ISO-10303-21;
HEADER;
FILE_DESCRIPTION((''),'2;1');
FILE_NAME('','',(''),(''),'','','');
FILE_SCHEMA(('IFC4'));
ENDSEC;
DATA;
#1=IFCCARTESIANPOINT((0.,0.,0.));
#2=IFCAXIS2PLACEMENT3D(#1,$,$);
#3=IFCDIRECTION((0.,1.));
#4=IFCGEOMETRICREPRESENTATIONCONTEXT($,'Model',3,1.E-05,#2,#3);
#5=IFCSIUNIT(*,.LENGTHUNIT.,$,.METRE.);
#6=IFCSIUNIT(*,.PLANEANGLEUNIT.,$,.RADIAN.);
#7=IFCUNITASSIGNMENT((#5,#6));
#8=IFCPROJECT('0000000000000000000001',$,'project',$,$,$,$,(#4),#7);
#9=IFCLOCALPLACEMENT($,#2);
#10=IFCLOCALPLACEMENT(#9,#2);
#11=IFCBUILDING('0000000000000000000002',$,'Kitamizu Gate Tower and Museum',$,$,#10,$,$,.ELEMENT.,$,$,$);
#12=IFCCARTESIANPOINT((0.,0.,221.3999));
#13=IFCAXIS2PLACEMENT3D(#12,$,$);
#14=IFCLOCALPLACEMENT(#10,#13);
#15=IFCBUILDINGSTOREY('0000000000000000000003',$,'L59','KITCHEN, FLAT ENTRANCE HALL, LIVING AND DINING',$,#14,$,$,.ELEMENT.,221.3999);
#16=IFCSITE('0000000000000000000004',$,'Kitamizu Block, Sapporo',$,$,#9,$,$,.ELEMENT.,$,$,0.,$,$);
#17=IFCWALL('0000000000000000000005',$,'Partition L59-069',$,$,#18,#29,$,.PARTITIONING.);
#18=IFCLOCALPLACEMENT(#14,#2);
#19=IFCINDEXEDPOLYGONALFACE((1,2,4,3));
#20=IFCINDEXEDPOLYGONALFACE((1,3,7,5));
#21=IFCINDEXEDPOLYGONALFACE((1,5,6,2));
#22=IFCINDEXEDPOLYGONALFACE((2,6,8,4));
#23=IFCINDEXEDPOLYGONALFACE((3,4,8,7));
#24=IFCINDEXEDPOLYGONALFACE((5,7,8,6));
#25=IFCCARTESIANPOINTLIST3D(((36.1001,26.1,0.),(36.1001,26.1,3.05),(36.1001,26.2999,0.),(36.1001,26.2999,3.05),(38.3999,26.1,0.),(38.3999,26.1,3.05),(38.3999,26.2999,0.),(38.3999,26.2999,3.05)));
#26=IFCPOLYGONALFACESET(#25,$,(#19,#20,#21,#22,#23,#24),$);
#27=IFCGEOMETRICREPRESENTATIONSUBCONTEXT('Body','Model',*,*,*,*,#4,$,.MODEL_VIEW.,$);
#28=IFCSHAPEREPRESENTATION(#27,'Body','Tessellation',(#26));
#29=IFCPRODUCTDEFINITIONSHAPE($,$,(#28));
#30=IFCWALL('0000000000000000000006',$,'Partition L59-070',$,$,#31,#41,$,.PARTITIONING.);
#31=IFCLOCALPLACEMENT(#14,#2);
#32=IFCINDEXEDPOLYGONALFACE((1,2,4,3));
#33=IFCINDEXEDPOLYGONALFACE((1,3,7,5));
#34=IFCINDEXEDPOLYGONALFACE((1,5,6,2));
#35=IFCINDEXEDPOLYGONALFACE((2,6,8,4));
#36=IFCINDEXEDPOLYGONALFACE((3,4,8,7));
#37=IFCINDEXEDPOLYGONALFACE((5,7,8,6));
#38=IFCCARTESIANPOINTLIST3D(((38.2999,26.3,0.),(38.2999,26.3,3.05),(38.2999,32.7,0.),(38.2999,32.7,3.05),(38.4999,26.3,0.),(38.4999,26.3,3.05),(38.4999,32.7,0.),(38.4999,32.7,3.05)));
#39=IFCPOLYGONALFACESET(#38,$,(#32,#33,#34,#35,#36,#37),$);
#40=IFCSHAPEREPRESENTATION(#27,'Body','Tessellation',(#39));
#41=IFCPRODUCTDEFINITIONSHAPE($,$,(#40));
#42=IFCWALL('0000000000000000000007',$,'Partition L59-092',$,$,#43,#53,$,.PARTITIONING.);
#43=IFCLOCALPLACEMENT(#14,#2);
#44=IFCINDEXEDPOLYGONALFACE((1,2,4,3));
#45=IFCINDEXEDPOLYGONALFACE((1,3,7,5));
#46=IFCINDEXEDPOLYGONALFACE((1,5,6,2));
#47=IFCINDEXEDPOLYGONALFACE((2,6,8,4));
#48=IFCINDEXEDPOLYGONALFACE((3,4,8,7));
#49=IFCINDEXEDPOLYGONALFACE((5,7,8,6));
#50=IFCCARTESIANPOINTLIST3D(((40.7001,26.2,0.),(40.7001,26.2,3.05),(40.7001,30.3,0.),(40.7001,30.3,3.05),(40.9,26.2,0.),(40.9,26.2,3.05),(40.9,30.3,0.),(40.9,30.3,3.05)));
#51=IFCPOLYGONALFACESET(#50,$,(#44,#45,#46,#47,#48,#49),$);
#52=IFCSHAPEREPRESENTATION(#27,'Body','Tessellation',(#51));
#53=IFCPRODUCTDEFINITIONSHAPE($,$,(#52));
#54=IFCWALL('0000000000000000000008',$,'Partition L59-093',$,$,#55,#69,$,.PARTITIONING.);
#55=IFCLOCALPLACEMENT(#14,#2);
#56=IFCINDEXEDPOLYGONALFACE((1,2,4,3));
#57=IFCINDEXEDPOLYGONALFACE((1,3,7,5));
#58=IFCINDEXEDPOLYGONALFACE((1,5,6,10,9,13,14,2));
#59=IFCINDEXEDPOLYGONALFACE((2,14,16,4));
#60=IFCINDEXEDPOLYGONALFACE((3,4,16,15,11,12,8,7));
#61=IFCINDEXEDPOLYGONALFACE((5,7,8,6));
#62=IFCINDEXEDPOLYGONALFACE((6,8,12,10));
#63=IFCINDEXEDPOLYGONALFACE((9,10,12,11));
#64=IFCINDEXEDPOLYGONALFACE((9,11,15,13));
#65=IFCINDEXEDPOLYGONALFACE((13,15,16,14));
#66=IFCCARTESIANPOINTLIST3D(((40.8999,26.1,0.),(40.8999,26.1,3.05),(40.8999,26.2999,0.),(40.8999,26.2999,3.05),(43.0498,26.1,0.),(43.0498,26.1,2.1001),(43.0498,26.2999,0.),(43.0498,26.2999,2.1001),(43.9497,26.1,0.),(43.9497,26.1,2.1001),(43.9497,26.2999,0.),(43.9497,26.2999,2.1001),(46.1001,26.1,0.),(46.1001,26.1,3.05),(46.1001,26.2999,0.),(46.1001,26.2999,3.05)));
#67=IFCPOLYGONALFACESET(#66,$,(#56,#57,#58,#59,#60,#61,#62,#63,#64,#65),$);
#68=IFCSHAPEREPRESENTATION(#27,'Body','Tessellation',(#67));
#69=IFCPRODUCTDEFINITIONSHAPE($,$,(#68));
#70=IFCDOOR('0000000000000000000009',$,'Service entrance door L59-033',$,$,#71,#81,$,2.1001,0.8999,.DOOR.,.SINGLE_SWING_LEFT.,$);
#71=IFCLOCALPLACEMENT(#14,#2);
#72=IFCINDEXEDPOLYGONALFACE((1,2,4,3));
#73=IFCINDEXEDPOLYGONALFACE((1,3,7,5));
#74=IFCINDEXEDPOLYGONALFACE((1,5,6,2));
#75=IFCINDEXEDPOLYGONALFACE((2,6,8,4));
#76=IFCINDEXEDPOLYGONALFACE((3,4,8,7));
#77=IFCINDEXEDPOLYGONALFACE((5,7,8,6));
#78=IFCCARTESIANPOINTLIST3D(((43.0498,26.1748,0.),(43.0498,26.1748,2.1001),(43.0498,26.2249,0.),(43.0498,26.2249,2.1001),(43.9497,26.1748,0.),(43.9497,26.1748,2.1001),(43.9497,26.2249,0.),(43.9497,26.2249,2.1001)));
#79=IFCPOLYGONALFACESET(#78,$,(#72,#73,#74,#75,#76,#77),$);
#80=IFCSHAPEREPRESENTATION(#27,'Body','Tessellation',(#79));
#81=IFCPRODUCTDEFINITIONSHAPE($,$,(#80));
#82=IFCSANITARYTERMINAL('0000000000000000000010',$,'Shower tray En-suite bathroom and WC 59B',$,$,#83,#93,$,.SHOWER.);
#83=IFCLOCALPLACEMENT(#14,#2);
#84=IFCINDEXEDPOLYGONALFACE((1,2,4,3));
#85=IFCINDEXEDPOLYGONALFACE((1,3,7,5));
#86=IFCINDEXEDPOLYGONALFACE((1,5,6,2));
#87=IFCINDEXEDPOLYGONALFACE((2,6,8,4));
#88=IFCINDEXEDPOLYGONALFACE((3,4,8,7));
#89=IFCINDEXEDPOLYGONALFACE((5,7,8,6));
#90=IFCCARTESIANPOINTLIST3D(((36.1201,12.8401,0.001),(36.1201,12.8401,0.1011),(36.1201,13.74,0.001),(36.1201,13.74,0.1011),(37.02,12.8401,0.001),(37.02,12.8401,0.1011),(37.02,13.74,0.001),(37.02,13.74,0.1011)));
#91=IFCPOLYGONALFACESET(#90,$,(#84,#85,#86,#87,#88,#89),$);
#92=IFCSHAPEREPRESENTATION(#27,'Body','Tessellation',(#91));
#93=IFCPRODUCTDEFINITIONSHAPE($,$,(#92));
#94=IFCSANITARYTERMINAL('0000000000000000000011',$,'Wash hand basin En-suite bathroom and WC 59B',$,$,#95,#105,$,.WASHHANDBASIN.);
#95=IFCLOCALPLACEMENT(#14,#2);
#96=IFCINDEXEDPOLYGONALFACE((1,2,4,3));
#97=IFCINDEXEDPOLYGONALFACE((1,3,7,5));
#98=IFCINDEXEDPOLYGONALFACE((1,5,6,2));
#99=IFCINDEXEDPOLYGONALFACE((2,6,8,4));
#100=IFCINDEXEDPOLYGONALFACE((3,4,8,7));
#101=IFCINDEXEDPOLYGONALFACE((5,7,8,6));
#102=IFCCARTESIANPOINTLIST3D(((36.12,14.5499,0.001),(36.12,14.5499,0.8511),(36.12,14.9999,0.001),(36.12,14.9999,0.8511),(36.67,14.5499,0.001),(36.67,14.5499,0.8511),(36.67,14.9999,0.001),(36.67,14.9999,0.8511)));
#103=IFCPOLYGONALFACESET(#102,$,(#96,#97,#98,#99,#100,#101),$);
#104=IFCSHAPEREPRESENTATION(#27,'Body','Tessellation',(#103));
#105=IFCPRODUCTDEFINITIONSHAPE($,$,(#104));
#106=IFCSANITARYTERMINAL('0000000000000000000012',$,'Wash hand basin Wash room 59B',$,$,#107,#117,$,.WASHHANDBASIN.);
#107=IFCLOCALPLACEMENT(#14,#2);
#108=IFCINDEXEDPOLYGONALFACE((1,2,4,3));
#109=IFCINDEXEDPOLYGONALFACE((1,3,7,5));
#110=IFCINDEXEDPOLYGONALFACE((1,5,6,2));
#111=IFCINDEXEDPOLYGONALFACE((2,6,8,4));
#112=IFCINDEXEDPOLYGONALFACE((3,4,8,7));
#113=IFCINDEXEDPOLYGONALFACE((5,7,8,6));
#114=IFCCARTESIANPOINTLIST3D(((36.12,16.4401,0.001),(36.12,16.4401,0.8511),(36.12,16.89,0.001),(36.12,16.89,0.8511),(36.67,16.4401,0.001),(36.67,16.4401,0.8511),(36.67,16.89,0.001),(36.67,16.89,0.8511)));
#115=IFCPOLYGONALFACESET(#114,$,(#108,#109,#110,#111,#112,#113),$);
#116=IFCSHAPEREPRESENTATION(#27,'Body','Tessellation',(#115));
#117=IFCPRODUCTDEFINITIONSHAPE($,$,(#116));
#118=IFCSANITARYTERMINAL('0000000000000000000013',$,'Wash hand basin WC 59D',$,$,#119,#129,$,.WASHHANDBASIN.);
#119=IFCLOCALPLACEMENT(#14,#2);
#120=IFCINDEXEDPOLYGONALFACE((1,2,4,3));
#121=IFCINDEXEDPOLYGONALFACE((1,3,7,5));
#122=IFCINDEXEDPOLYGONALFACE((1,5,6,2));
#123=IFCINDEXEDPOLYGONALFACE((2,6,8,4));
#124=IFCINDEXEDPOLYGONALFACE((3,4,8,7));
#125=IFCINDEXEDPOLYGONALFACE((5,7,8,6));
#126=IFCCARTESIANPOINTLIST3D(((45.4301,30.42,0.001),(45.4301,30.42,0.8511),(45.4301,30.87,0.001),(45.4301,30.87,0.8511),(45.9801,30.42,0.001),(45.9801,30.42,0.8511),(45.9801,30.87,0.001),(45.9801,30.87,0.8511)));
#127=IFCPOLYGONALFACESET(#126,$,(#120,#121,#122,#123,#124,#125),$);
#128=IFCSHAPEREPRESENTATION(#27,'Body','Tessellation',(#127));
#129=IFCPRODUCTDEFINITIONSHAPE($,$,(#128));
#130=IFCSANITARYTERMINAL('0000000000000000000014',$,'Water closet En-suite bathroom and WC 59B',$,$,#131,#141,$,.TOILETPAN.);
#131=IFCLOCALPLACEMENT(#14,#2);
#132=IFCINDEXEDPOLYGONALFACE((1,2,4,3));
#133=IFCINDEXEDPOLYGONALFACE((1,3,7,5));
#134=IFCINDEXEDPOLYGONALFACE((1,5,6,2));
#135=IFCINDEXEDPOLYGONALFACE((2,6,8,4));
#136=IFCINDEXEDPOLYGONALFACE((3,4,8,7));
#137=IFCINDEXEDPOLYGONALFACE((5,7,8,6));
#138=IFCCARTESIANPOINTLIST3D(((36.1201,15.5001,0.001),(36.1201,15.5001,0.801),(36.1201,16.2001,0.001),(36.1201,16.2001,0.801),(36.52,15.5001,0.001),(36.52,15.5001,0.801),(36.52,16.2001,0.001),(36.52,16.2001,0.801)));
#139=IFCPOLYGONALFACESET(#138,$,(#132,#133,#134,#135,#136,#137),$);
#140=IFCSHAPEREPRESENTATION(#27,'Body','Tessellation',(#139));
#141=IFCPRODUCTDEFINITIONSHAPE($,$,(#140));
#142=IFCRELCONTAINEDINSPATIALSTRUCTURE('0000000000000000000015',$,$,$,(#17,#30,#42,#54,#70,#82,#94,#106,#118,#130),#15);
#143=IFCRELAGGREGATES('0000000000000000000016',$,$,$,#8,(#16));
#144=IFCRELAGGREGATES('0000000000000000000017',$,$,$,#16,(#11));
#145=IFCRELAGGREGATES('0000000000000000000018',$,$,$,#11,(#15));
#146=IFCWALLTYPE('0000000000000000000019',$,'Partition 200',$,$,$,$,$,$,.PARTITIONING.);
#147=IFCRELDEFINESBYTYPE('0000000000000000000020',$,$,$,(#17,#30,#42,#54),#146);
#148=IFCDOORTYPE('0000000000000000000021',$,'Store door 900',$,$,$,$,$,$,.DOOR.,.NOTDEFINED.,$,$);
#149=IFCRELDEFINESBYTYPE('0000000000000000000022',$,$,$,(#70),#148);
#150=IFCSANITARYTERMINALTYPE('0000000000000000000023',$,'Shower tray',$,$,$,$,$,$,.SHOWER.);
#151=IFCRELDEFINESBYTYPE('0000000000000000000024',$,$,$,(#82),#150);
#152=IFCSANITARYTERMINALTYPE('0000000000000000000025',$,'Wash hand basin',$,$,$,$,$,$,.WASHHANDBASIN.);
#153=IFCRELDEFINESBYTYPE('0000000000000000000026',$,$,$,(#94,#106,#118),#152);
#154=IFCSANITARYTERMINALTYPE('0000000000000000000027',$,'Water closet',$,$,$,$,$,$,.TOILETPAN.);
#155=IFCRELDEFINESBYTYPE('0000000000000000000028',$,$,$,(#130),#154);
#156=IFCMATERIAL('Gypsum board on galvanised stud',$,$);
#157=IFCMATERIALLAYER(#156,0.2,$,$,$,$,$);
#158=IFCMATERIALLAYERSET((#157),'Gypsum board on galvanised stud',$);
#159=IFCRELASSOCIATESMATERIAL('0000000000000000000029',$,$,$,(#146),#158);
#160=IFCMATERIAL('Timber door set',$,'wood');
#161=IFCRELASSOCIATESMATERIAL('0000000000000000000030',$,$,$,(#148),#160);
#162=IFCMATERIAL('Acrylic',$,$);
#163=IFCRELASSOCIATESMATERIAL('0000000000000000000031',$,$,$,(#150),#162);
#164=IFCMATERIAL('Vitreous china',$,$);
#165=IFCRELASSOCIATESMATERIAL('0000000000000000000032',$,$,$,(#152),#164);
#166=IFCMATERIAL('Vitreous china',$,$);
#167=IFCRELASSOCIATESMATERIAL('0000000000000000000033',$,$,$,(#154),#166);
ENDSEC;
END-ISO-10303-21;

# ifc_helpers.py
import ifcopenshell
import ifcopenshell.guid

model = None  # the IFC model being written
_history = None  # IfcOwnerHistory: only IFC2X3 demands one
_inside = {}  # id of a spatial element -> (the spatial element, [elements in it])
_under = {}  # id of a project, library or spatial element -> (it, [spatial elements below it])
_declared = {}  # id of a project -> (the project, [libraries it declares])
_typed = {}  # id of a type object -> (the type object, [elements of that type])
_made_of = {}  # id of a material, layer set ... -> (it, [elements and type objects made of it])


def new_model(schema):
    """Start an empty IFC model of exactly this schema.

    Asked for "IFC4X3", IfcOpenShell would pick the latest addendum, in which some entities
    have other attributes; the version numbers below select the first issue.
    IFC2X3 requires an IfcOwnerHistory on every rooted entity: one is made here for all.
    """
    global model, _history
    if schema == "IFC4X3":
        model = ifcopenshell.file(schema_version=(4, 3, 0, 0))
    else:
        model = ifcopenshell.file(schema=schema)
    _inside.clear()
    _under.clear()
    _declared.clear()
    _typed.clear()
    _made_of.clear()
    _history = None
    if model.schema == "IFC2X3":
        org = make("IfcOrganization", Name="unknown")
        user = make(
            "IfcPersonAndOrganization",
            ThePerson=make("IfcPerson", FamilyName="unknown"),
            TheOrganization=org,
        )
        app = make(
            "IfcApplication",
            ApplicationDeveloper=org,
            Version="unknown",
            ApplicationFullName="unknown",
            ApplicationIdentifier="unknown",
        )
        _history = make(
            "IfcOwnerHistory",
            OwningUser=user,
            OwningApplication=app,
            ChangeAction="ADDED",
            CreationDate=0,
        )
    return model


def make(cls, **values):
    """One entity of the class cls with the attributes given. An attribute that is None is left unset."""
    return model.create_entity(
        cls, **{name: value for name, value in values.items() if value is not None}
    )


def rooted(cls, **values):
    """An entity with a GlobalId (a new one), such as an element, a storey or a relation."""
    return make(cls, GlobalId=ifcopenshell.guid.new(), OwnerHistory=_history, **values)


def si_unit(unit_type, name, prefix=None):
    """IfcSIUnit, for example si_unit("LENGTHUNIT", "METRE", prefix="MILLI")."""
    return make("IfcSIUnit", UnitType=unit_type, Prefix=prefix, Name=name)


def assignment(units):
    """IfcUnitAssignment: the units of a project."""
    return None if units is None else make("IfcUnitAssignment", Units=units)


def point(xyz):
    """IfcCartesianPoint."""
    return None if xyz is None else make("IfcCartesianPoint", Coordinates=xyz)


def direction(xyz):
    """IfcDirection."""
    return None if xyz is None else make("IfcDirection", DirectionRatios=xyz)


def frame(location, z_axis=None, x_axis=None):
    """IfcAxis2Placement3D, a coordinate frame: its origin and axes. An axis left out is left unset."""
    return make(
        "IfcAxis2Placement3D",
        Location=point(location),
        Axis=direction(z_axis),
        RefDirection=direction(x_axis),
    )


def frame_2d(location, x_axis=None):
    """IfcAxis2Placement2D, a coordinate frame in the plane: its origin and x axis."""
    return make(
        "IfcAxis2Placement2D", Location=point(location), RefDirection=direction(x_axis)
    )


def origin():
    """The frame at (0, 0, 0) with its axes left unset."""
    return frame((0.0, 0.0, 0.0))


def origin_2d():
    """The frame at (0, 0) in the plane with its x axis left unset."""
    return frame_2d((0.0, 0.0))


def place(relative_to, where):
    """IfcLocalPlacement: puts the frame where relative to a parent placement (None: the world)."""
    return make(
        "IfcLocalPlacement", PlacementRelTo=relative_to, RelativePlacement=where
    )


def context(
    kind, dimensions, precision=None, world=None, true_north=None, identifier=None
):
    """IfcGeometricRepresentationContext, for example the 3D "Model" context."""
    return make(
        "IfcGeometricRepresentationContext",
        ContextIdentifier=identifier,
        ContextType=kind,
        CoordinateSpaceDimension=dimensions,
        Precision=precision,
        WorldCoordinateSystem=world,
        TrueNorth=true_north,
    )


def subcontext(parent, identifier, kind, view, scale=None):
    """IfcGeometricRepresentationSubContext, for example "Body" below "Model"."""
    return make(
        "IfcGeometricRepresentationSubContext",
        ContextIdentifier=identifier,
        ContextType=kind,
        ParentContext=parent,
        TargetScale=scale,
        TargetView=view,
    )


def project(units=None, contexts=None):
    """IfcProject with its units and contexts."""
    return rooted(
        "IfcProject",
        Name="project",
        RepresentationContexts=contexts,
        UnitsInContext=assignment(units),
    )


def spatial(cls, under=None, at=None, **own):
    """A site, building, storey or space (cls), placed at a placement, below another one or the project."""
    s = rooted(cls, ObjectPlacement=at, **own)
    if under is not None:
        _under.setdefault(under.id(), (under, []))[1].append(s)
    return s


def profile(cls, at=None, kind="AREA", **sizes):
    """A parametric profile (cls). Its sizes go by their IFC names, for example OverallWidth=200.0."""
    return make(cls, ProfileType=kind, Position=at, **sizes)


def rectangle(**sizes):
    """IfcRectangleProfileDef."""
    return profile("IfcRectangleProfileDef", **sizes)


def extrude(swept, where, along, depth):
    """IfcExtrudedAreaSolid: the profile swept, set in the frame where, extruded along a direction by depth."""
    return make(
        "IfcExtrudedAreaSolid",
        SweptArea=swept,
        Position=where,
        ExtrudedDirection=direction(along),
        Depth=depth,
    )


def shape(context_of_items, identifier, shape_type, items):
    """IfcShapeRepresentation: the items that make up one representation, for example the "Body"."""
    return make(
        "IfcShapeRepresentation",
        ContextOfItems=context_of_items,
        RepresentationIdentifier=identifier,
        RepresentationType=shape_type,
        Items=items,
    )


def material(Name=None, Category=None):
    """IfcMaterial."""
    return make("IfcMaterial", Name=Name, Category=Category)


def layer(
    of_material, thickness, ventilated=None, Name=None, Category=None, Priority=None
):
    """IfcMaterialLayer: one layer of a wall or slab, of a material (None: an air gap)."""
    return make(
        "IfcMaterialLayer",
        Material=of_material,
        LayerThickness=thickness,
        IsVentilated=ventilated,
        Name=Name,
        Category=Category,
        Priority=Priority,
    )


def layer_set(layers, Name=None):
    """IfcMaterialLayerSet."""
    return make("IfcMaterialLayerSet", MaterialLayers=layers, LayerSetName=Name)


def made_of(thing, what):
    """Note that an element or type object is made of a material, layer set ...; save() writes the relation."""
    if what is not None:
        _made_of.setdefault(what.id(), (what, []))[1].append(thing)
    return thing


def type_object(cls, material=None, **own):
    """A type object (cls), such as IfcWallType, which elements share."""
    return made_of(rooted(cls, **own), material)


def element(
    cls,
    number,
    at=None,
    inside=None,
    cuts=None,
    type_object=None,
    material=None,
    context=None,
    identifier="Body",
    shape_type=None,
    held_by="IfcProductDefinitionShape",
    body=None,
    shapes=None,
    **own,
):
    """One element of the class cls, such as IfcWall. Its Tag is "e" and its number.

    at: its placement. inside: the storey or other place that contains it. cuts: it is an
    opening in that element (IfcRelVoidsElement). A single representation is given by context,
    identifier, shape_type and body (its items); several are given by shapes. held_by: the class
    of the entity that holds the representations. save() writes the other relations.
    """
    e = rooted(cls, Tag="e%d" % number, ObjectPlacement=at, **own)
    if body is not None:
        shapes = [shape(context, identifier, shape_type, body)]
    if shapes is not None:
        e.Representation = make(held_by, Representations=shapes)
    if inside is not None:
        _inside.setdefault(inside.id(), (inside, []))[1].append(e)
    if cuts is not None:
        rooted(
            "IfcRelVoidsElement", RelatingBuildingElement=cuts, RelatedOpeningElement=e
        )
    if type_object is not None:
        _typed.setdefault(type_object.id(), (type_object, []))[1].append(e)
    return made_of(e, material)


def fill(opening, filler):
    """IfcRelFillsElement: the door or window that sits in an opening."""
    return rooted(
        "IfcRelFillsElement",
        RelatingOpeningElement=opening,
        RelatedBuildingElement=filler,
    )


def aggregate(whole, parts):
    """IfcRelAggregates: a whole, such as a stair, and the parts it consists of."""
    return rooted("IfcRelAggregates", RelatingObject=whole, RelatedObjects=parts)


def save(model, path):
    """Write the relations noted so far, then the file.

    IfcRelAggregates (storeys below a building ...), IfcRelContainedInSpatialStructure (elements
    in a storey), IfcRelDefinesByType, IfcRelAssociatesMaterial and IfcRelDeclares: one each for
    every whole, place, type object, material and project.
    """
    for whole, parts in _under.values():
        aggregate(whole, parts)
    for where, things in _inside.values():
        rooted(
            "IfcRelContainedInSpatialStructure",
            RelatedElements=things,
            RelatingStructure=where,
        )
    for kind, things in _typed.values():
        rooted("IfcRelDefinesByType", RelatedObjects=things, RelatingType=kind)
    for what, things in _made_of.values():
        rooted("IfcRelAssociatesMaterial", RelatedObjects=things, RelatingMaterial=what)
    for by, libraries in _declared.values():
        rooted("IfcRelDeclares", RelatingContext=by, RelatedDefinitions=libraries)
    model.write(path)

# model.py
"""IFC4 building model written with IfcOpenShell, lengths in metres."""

from ifc_helpers import new_model, si_unit, direction, frame, frame_2d, origin, origin_2d, place, context, subcontext, project, spatial, rectangle, extrude, material, layer, layer_set, type_object, element, fill, save


model = new_model("IFC4")

# Units and contexts
model_context = context("Model", 3, precision=1e-05, world=origin(), true_north=direction((0.0, 1.0)))
body_context = subcontext(model_context, "Body", "Model", "MODEL_VIEW")
ifc_project = project(units=[si_unit("LENGTHUNIT", "METRE"), si_unit("PLANEANGLEUNIT", "RADIAN")], contexts=[model_context])

# Site, building, storey
site_placement = place(None, origin())
site = spatial("IfcSite", under=ifc_project, at=site_placement, Name="Kitamizu Block, Sapporo", CompositionType="ELEMENT", RefElevation=0.0)
building_placement = place(site_placement, origin())
building = spatial("IfcBuilding", under=site, at=building_placement, Name="Kitamizu Gate Tower and Museum", CompositionType="ELEMENT")
storey_placement = place(building_placement, frame((0.0, 0.0, 221.3999)))
storey = spatial("IfcBuildingStorey", under=building, at=storey_placement, Name="L59", Description="KITCHEN, FLAT ENTRANCE HALL, LIVING AND DINING", CompositionType="ELEMENT", Elevation=221.3999)

# Walls
ifc_material_1 = material(Name="Gypsum board on galvanised stud")
ifc_layer_1 = layer(ifc_material_1, 0.2)
ifc_layer_set_1 = layer_set([ifc_layer_1], Name="Gypsum board on galvanised stud")
wall_type_1 = type_object("IfcWallType", Name="Partition 200", PredefinedType="PARTITIONING", material=ifc_layer_set_1)
wall_1_placement = place(storey_placement, frame((36.1001, 26.2, 0.0), z_axis=(0.0, 0.0, 1.0), x_axis=(1.0, 0.0, 0.0)))
element("IfcWall", 1, at=wall_1_placement, inside=storey, type_object=wall_type_1, Name="Partition L59-069", PredefinedType="PARTITIONING", context=body_context, shape_type="SweptSolid", body=[
    extrude(rectangle(XDim=2.2998, YDim=0.2, at=frame_2d((1.1499, 0.0))), origin(), (0.0, 0.0, 1.0), 3.05),
])
wall_2_placement = place(storey_placement, frame((38.3999, 26.3, 0.0), z_axis=(0.0, 0.0, 1.0), x_axis=(0.0, 1.0, 0.0)))
element("IfcWall", 2, at=wall_2_placement, inside=storey, type_object=wall_type_1, Name="Partition L59-070", PredefinedType="PARTITIONING", context=body_context, shape_type="SweptSolid", body=[
    extrude(rectangle(XDim=6.3999, YDim=0.2, at=frame_2d((3.2, 0.0))), origin(), (0.0, 0.0, 1.0), 3.05),
])
wall_3_placement = place(storey_placement, frame((40.8, 30.3, 0.0), z_axis=(0.0, 0.0, 1.0), x_axis=(0.0, -1.0, 0.0)))
element("IfcWall", 3, at=wall_3_placement, inside=storey, type_object=wall_type_1, Name="Partition L59-092", PredefinedType="PARTITIONING", context=body_context, shape_type="SweptSolid", body=[
    extrude(rectangle(XDim=4.1001, YDim=0.2, at=frame_2d((2.05, 0.0))), origin(), (0.0, 0.0, 1.0), 3.05),
])

# Wall, opening, door
wall_4_placement = place(storey_placement, frame((40.8999, 26.2, 0.0), z_axis=(0.0, 0.0, 1.0), x_axis=(1.0, 0.0, 0.0)))
wall_4 = element("IfcWall", 4, at=wall_4_placement, inside=storey, type_object=wall_type_1, Name="Partition L59-093", PredefinedType="PARTITIONING", context=body_context, shape_type="SweptSolid", body=[
    extrude(rectangle(XDim=5.2002, YDim=0.2, at=frame_2d((2.6001, 0.0))), origin(), (0.0, 0.0, 1.0), 3.05),
])
opening_1_placement = place(wall_4_placement, frame((2.1499, 0.0, 0.0)))
opening_1 = element("IfcOpeningElement", 5, at=opening_1_placement, cuts=wall_4, PredefinedType="OPENING", context=body_context, shape_type="SweptSolid", body=[
    extrude(rectangle(XDim=0.8999, YDim=2.1001, at=frame_2d((0.45, 1.05))), frame((0.0, 0.1099, 0.0), z_axis=(0.0, -1.0, 0.0), x_axis=(1.0, 0.0, 0.0)), (0.0, 0.0, 1.0), 0.22),
])
ifc_material_2 = material(Name="Timber door set", Category="wood")
door_type_1 = type_object("IfcDoorType", Name="Store door 900", OperationType="NOTDEFINED", PredefinedType="DOOR", material=ifc_material_2)
door_1_placement = place(opening_1_placement, origin())
door_1 = element("IfcDoor", 6, at=door_1_placement, inside=storey, type_object=door_type_1, Name="Service entrance door L59-033", OperationType="SINGLE_SWING_LEFT", OverallHeight=2.1001, OverallWidth=0.8999, PredefinedType="DOOR", context=body_context, shape_type="SweptSolid", body=[
    extrude(rectangle(XDim=0.8999, YDim=2.1001, at=frame_2d((0.45, 1.05))), frame((0.0, 0.0249, 0.0), z_axis=(0.0, -1.0, 0.0), x_axis=(1.0, 0.0, 0.0)), (0.0, 0.0, 1.0), 0.05),
])
fill(opening_1, door_1)

# Sanitary terminals
ifc_material_3 = material(Name="Acrylic")
sanitary_terminal_type_1 = type_object("IfcSanitaryTerminalType", Name="Shower tray", PredefinedType="SHOWER", material=ifc_material_3)
sanitary_terminal_1_placement = place(storey_placement, frame((36.5701, 13.29, 0.001), z_axis=(0.0, 0.0, 1.0), x_axis=(1.0, 0.0, 0.0)))
element("IfcSanitaryTerminal", 7, at=sanitary_terminal_1_placement, inside=storey, type_object=sanitary_terminal_type_1, Name="Shower tray En-suite bathroom and WC 59B", PredefinedType="SHOWER", context=body_context, shape_type="SweptSolid", body=[
    extrude(rectangle(XDim=0.8999, YDim=0.8999, at=origin_2d()), origin(), (0.0, 0.0, 1.0), 0.1001),
])
ifc_material_4 = material(Name="Vitreous china")
sanitary_terminal_type_2 = type_object("IfcSanitaryTerminalType", Name="Wash hand basin", PredefinedType="WASHHANDBASIN", material=ifc_material_4)
for number, where, z_axis, x_axis, name in (
    (8, (36.395, 14.7749, 0.001), (0.0, 0.0, 1.0), (1.0, 0.0, 0.0), "Wash hand basin En-suite bathroom and WC 59B"),
    (9, (36.395, 16.665, 0.001), (0.0, 0.0, 1.0), (1.0, 0.0, 0.0), "Wash hand basin Wash room 59B"),
    (10, (45.7051, 30.645, 0.001), (0.0, 0.0, 1.0), (1.0, 0.0, 0.0), "Wash hand basin WC 59D"),
):
    element("IfcSanitaryTerminal", number, at=place(storey_placement, frame(where, z_axis=z_axis, x_axis=x_axis)), inside=storey, type_object=sanitary_terminal_type_2, Name=name, PredefinedType="WASHHANDBASIN", context=body_context, shape_type="SweptSolid", body=[
        extrude(rectangle(XDim=0.55, YDim=0.45, at=origin_2d()), origin(), (0.0, 0.0, 1.0), 0.8501),
    ])
ifc_material_5 = material(Name="Vitreous china")
sanitary_terminal_type_3 = type_object("IfcSanitaryTerminalType", Name="Water closet", PredefinedType="TOILETPAN", material=ifc_material_5)
sanitary_terminal_2_placement = place(storey_placement, frame((36.3201, 15.8501, 0.001), z_axis=(0.0, 0.0, 1.0), x_axis=(1.0, 0.0, 0.0)))
element("IfcSanitaryTerminal", 11, at=sanitary_terminal_2_placement, inside=storey, type_object=sanitary_terminal_type_3, Name="Water closet En-suite bathroom and WC 59B", PredefinedType="TOILETPAN", context=body_context, shape_type="SweptSolid", body=[
    extrude(rectangle(XDim=0.3999, YDim=0.7, at=origin_2d()), origin(), (0.0, 0.0, 1.0), 0.8),
])

save(model, "model.ifc")
